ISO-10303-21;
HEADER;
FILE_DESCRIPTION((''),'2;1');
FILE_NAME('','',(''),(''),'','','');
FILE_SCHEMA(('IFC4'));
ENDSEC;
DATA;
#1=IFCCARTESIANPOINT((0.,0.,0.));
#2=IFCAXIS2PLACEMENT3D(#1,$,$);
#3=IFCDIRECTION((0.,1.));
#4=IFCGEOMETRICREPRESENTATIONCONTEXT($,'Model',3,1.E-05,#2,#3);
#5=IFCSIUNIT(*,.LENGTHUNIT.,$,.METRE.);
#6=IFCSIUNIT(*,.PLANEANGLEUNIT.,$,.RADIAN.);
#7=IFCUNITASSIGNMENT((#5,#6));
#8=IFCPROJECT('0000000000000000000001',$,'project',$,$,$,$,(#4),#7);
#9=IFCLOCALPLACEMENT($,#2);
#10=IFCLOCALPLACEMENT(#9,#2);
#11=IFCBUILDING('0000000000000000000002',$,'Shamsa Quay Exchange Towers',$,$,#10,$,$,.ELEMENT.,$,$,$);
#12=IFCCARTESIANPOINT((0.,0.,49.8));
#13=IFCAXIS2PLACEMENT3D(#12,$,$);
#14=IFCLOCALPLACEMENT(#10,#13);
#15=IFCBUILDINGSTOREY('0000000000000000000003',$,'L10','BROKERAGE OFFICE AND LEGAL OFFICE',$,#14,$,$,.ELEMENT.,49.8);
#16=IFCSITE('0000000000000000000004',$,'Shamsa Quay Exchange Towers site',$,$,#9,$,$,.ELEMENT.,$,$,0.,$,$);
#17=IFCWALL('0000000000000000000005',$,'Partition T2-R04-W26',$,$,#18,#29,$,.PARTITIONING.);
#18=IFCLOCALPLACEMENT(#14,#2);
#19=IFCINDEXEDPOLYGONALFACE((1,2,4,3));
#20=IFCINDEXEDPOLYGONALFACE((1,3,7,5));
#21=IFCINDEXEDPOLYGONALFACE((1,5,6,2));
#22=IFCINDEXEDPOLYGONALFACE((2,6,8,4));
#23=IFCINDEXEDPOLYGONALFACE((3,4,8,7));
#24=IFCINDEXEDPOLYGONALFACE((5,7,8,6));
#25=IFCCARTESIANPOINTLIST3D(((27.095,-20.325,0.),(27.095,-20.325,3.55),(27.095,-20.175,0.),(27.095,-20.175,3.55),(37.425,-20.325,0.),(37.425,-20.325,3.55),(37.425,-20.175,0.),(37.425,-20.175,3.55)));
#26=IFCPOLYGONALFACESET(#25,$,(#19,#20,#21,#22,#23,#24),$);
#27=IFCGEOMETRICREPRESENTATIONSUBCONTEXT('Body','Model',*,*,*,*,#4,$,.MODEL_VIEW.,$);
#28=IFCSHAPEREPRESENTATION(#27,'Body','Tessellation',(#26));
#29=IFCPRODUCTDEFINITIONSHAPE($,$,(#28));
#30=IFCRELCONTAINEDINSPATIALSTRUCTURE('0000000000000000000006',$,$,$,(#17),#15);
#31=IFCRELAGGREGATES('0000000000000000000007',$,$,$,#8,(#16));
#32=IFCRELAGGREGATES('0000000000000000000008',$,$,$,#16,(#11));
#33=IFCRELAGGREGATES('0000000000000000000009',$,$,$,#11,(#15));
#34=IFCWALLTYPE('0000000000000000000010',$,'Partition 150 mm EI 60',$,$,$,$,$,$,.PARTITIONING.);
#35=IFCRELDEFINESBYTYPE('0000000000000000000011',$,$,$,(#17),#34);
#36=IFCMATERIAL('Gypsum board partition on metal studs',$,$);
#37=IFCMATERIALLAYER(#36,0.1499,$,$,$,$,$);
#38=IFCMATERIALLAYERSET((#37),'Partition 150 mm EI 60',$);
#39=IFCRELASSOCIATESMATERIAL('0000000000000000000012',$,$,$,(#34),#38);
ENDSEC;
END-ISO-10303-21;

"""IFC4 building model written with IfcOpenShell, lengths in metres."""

from ifc_helpers import new_model, si_unit, direction, frame, frame_2d, origin, place, context, subcontext, project, spatial, rectangle, extrude, material, layer, layer_set, type_object, element, save


model = new_model("IFC4")

# Units and contexts
model_context = context("Model", 3, precision=1e-05, world=origin(), true_north=direction((0.0, 1.0)))
body_context = subcontext(model_context, "Body", "Model", "MODEL_VIEW")
ifc_project = project(units=[si_unit("LENGTHUNIT", "METRE"), si_unit("PLANEANGLEUNIT", "RADIAN")], contexts=[model_context])

# Site, building, storey
site_placement = place(None, origin())
site = spatial("IfcSite", under=ifc_project, at=site_placement, Name="Shamsa Quay Exchange Towers site", CompositionType="ELEMENT", RefElevation=0.0)
building_placement = place(site_placement, origin())
building = spatial("IfcBuilding", under=site, at=building_placement, Name="Shamsa Quay Exchange Towers", CompositionType="ELEMENT")
storey_placement = place(building_placement, frame((0.0, 0.0, 49.8)))
storey = spatial("IfcBuildingStorey", under=building, at=storey_placement, Name="L10", Description="BROKERAGE OFFICE AND LEGAL OFFICE", CompositionType="ELEMENT", Elevation=49.8)

# Shared definitions
ifc_material_1 = material(Name="Gypsum board partition on metal studs")
ifc_layer_1 = layer(ifc_material_1, 0.1499)
ifc_layer_set_1 = layer_set([ifc_layer_1], Name="Partition 150 mm EI 60")
wall_type = type_object("IfcWallType", Name="Partition 150 mm EI 60", PredefinedType="PARTITIONING", material=ifc_layer_set_1)

# Wall
wall_1_placement = place(storey_placement, frame((27.095, -20.25, 0.0)))
element("IfcWall", 1, at=wall_1_placement, inside=storey, type_object=wall_type, Name="Partition T2-R04-W26", PredefinedType="PARTITIONING", context=body_context, shape_type="SweptSolid", body=[
    extrude(rectangle(XDim=10.3301, YDim=0.1499, at=frame_2d((5.165, 0.0))), origin(), (0.0, 0.0, 1.0), 3.55),
])

save(model, "model.ifc")
